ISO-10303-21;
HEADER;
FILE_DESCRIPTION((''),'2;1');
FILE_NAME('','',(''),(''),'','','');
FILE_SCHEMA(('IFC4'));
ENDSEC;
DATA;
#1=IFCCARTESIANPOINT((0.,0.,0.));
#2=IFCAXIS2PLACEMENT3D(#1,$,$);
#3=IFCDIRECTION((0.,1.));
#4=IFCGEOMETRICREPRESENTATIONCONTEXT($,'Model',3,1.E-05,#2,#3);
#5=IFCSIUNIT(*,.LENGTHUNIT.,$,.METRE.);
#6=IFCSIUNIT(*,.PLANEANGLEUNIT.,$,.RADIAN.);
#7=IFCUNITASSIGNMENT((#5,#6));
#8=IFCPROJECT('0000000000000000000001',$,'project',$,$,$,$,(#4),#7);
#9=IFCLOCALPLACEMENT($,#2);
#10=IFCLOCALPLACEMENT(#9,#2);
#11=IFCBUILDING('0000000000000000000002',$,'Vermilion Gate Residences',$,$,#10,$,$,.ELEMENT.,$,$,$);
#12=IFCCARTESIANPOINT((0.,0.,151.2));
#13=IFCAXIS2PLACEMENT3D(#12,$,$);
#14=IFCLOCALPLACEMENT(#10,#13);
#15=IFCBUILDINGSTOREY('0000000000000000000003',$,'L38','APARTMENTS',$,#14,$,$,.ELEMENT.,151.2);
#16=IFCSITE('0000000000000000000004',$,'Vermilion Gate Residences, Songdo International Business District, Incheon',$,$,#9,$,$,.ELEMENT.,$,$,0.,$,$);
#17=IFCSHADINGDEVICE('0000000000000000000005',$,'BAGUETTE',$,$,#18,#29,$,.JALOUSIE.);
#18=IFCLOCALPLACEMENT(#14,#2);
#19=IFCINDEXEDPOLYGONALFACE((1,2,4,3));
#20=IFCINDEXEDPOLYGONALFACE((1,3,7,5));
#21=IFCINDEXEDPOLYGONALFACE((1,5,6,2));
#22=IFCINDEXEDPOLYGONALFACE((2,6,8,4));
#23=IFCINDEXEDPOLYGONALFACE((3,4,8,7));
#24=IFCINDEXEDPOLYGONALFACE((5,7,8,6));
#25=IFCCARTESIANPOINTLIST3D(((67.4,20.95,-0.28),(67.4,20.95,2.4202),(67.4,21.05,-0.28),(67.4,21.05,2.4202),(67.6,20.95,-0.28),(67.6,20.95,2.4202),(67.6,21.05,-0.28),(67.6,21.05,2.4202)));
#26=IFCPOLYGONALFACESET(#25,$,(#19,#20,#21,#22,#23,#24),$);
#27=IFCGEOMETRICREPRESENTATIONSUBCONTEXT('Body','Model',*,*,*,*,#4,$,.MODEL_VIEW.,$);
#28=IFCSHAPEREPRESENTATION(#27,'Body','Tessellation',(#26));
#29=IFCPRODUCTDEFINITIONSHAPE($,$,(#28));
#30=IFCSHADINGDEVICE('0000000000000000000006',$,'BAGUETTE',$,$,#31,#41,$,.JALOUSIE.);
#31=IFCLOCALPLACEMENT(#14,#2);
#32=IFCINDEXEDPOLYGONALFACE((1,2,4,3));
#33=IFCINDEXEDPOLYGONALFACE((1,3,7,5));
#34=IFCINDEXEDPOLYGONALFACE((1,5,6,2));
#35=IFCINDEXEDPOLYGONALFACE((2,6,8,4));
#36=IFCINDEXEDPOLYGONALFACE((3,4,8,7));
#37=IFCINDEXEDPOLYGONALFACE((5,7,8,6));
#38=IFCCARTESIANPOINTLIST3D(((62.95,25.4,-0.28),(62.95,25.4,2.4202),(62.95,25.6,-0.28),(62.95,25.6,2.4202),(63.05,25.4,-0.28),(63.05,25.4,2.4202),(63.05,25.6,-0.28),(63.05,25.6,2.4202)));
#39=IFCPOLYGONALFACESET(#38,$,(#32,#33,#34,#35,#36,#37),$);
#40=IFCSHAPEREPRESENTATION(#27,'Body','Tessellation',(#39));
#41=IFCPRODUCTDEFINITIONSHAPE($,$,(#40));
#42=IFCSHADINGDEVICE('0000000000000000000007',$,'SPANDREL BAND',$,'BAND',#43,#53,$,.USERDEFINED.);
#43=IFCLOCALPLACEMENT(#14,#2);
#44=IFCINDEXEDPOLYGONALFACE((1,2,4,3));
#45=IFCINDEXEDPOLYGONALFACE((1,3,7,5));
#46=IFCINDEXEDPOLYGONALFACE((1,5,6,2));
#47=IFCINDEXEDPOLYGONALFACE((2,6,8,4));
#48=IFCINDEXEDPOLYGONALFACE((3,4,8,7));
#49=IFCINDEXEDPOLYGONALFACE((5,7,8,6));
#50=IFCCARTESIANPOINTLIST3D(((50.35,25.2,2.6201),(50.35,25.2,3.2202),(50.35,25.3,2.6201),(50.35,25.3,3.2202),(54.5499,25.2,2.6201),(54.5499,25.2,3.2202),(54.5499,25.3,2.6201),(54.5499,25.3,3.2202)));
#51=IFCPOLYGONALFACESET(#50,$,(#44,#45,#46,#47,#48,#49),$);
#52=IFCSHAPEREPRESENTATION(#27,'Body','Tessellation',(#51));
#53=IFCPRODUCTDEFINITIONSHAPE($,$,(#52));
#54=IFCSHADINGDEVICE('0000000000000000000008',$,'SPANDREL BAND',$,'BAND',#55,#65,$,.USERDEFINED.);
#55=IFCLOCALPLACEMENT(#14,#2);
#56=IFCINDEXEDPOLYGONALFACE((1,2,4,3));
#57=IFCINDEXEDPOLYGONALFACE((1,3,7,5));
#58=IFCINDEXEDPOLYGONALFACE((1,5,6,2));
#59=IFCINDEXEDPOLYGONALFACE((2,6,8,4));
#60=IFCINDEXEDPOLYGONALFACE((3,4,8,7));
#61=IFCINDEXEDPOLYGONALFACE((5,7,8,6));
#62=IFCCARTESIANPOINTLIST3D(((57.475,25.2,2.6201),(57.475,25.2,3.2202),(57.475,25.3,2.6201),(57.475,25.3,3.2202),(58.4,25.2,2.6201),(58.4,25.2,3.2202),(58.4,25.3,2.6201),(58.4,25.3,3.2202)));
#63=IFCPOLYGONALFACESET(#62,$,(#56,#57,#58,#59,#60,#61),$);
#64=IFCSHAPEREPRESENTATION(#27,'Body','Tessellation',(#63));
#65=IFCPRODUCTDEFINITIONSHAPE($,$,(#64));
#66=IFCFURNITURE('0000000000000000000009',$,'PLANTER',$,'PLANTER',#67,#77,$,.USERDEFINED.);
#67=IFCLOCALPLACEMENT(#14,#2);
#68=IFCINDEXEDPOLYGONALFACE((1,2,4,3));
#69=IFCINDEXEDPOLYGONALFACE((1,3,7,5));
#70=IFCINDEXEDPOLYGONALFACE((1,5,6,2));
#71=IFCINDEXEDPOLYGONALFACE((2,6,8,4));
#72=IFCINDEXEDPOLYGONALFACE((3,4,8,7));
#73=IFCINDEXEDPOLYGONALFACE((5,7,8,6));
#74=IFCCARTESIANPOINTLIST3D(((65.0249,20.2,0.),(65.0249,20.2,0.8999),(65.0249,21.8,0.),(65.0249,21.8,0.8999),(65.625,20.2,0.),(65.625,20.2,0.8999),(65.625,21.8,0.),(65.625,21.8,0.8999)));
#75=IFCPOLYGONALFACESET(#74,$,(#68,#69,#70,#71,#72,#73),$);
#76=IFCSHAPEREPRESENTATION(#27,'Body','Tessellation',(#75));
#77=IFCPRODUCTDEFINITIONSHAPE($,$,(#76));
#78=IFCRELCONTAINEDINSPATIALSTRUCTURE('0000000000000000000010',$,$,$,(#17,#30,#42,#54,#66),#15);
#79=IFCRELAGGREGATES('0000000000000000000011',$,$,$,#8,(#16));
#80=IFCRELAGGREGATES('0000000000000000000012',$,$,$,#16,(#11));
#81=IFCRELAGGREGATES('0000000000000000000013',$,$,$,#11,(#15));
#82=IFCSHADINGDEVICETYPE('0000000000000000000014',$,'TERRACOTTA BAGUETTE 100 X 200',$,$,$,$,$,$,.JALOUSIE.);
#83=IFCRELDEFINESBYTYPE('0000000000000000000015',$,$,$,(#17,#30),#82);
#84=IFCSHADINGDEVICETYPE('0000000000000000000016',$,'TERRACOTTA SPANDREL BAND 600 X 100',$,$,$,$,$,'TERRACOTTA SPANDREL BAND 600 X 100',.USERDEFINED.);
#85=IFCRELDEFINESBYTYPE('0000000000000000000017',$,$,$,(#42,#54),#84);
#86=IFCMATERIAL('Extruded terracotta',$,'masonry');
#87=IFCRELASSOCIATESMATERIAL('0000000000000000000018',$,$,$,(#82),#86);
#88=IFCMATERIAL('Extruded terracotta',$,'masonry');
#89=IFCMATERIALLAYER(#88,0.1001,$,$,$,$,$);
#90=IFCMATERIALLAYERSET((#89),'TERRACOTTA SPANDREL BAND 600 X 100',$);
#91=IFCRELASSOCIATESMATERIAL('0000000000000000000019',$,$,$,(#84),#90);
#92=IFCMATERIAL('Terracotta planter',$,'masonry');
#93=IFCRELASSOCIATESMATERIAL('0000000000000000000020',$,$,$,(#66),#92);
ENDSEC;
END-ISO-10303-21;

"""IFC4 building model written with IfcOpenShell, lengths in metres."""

from ifc_helpers import new_model, si_unit, direction, frame, origin, origin_2d, place, context, subcontext, project, spatial, rectangle, extrude, material, layer, layer_set, material_profile, profile_set, type_object, element, save


model = new_model("IFC4")

# Units and contexts
model_context = context("Model", 3, precision=1e-05, world=origin(), true_north=direction((0.0, 1.0)))
body_context = subcontext(model_context, "Body", "Model", "MODEL_VIEW")
ifc_project = project(units=[si_unit("LENGTHUNIT", "METRE"), si_unit("PLANEANGLEUNIT", "RADIAN")], contexts=[model_context])

# Site, building, storey
site_placement = place(None, origin())
site = spatial("IfcSite", under=ifc_project, at=site_placement, Name="Vermilion Gate Residences, Songdo International Business District, Incheon", CompositionType="ELEMENT", RefElevation=0.0)
building_placement = place(site_placement, origin())
building = spatial("IfcBuilding", under=site, at=building_placement, Name="Vermilion Gate Residences", CompositionType="ELEMENT")
storey_placement = place(building_placement, frame((0.0, 0.0, 151.2)))
storey = spatial("IfcBuildingStorey", under=building, at=storey_placement, Name="L38", Description="APARTMENTS", CompositionType="ELEMENT", Elevation=151.2)

# Shading devices
ifc_material_1 = material(Name="Extruded terracotta", Category="masonry")
ifc_material_profile_1 = material_profile(ifc_material_1, rectangle(XDim=0.2, YDim=0.1001, at=origin_2d()), Name="BAGUETTE 100 X 200")
ifc_profile_set_1 = profile_set([ifc_material_profile_1], Name="Extruded terracotta")
shading_device_type_1 = type_object("IfcShadingDeviceType", Name="TERRACOTTA BAGUETTE 100 X 200", PredefinedType="JALOUSIE", material=ifc_profile_set_1)
for number, where, z_axis, x_axis, name in (
    (1, (67.5, 21.0, -0.28), (0.0, 0.0, 1.0), (-1.0, 0.0, 0.0), "BAGUETTE"),
    (2, (63.0, 25.5, -0.28), (0.0, 0.0, 1.0), (0.0, -1.0, 0.0), "BAGUETTE"),
):
    element("IfcShadingDevice", number, at=place(storey_placement, frame(where, z_axis=z_axis, x_axis=x_axis)), inside=storey, type_object=shading_device_type_1, Name=name, PredefinedType="JALOUSIE", context=body_context, shape_type="SweptSolid", body=[
        extrude(rectangle(XDim=0.2, YDim=0.1001, at=origin_2d()), origin(), (0.0, 0.0, 1.0), 2.7002),
    ])
ifc_material_2 = material(Name="Extruded terracotta", Category="masonry")
ifc_layer_1 = layer(ifc_material_2, 0.1001)
ifc_layer_set_1 = layer_set([ifc_layer_1], Name="TERRACOTTA SPANDREL BAND 600 X 100")
shading_device_type_2 = type_object("IfcShadingDeviceType", Name="TERRACOTTA SPANDREL BAND 600 X 100", ElementType="TERRACOTTA SPANDREL BAND 600 X 100", PredefinedType="USERDEFINED", material=ifc_layer_set_1)
shading_device_1_placement = place(storey_placement, frame((52.45, 25.25, 2.6201), z_axis=(0.0, 0.0, 1.0), x_axis=(1.0, 0.0, 0.0)))
element("IfcShadingDevice", 3, at=shading_device_1_placement, inside=storey, type_object=shading_device_type_2, Name="SPANDREL BAND", ObjectType="BAND", PredefinedType="USERDEFINED", context=body_context, shape_type="SweptSolid", body=[
    extrude(rectangle(XDim=4.2, YDim=0.1001, at=origin_2d()), origin(), (0.0, 0.0, 1.0), 0.6001),
])
shading_device_2_placement = place(storey_placement, frame((57.9375, 25.25, 2.6201), z_axis=(0.0, 0.0, 1.0), x_axis=(1.0, 0.0, 0.0)))
element("IfcShadingDevice", 4, at=shading_device_2_placement, inside=storey, type_object=shading_device_type_2, Name="SPANDREL BAND", ObjectType="BAND", PredefinedType="USERDEFINED", context=body_context, shape_type="SweptSolid", body=[
    extrude(rectangle(XDim=0.925, YDim=0.1001, at=origin_2d()), origin(), (0.0, 0.0, 1.0), 0.6001),
])

# Furniture
ifc_material_3 = material(Name="Terracotta planter", Category="masonry")
furniture_placement = place(storey_placement, frame((65.325, 21.0, 0.0), z_axis=(0.0, 0.0, 1.0), x_axis=(0.0, 1.0, 0.0)))
element("IfcFurniture", 5, at=furniture_placement, inside=storey, material=ifc_material_3, Name="PLANTER", ObjectType="PLANTER", PredefinedType="USERDEFINED", context=body_context, shape_type="SweptSolid", body=[
    extrude(rectangle(XDim=1.6001, YDim=0.6001, at=origin_2d()), origin(), (0.0, 0.0, 1.0), 0.8999),
])

save(model, "model.ifc")
